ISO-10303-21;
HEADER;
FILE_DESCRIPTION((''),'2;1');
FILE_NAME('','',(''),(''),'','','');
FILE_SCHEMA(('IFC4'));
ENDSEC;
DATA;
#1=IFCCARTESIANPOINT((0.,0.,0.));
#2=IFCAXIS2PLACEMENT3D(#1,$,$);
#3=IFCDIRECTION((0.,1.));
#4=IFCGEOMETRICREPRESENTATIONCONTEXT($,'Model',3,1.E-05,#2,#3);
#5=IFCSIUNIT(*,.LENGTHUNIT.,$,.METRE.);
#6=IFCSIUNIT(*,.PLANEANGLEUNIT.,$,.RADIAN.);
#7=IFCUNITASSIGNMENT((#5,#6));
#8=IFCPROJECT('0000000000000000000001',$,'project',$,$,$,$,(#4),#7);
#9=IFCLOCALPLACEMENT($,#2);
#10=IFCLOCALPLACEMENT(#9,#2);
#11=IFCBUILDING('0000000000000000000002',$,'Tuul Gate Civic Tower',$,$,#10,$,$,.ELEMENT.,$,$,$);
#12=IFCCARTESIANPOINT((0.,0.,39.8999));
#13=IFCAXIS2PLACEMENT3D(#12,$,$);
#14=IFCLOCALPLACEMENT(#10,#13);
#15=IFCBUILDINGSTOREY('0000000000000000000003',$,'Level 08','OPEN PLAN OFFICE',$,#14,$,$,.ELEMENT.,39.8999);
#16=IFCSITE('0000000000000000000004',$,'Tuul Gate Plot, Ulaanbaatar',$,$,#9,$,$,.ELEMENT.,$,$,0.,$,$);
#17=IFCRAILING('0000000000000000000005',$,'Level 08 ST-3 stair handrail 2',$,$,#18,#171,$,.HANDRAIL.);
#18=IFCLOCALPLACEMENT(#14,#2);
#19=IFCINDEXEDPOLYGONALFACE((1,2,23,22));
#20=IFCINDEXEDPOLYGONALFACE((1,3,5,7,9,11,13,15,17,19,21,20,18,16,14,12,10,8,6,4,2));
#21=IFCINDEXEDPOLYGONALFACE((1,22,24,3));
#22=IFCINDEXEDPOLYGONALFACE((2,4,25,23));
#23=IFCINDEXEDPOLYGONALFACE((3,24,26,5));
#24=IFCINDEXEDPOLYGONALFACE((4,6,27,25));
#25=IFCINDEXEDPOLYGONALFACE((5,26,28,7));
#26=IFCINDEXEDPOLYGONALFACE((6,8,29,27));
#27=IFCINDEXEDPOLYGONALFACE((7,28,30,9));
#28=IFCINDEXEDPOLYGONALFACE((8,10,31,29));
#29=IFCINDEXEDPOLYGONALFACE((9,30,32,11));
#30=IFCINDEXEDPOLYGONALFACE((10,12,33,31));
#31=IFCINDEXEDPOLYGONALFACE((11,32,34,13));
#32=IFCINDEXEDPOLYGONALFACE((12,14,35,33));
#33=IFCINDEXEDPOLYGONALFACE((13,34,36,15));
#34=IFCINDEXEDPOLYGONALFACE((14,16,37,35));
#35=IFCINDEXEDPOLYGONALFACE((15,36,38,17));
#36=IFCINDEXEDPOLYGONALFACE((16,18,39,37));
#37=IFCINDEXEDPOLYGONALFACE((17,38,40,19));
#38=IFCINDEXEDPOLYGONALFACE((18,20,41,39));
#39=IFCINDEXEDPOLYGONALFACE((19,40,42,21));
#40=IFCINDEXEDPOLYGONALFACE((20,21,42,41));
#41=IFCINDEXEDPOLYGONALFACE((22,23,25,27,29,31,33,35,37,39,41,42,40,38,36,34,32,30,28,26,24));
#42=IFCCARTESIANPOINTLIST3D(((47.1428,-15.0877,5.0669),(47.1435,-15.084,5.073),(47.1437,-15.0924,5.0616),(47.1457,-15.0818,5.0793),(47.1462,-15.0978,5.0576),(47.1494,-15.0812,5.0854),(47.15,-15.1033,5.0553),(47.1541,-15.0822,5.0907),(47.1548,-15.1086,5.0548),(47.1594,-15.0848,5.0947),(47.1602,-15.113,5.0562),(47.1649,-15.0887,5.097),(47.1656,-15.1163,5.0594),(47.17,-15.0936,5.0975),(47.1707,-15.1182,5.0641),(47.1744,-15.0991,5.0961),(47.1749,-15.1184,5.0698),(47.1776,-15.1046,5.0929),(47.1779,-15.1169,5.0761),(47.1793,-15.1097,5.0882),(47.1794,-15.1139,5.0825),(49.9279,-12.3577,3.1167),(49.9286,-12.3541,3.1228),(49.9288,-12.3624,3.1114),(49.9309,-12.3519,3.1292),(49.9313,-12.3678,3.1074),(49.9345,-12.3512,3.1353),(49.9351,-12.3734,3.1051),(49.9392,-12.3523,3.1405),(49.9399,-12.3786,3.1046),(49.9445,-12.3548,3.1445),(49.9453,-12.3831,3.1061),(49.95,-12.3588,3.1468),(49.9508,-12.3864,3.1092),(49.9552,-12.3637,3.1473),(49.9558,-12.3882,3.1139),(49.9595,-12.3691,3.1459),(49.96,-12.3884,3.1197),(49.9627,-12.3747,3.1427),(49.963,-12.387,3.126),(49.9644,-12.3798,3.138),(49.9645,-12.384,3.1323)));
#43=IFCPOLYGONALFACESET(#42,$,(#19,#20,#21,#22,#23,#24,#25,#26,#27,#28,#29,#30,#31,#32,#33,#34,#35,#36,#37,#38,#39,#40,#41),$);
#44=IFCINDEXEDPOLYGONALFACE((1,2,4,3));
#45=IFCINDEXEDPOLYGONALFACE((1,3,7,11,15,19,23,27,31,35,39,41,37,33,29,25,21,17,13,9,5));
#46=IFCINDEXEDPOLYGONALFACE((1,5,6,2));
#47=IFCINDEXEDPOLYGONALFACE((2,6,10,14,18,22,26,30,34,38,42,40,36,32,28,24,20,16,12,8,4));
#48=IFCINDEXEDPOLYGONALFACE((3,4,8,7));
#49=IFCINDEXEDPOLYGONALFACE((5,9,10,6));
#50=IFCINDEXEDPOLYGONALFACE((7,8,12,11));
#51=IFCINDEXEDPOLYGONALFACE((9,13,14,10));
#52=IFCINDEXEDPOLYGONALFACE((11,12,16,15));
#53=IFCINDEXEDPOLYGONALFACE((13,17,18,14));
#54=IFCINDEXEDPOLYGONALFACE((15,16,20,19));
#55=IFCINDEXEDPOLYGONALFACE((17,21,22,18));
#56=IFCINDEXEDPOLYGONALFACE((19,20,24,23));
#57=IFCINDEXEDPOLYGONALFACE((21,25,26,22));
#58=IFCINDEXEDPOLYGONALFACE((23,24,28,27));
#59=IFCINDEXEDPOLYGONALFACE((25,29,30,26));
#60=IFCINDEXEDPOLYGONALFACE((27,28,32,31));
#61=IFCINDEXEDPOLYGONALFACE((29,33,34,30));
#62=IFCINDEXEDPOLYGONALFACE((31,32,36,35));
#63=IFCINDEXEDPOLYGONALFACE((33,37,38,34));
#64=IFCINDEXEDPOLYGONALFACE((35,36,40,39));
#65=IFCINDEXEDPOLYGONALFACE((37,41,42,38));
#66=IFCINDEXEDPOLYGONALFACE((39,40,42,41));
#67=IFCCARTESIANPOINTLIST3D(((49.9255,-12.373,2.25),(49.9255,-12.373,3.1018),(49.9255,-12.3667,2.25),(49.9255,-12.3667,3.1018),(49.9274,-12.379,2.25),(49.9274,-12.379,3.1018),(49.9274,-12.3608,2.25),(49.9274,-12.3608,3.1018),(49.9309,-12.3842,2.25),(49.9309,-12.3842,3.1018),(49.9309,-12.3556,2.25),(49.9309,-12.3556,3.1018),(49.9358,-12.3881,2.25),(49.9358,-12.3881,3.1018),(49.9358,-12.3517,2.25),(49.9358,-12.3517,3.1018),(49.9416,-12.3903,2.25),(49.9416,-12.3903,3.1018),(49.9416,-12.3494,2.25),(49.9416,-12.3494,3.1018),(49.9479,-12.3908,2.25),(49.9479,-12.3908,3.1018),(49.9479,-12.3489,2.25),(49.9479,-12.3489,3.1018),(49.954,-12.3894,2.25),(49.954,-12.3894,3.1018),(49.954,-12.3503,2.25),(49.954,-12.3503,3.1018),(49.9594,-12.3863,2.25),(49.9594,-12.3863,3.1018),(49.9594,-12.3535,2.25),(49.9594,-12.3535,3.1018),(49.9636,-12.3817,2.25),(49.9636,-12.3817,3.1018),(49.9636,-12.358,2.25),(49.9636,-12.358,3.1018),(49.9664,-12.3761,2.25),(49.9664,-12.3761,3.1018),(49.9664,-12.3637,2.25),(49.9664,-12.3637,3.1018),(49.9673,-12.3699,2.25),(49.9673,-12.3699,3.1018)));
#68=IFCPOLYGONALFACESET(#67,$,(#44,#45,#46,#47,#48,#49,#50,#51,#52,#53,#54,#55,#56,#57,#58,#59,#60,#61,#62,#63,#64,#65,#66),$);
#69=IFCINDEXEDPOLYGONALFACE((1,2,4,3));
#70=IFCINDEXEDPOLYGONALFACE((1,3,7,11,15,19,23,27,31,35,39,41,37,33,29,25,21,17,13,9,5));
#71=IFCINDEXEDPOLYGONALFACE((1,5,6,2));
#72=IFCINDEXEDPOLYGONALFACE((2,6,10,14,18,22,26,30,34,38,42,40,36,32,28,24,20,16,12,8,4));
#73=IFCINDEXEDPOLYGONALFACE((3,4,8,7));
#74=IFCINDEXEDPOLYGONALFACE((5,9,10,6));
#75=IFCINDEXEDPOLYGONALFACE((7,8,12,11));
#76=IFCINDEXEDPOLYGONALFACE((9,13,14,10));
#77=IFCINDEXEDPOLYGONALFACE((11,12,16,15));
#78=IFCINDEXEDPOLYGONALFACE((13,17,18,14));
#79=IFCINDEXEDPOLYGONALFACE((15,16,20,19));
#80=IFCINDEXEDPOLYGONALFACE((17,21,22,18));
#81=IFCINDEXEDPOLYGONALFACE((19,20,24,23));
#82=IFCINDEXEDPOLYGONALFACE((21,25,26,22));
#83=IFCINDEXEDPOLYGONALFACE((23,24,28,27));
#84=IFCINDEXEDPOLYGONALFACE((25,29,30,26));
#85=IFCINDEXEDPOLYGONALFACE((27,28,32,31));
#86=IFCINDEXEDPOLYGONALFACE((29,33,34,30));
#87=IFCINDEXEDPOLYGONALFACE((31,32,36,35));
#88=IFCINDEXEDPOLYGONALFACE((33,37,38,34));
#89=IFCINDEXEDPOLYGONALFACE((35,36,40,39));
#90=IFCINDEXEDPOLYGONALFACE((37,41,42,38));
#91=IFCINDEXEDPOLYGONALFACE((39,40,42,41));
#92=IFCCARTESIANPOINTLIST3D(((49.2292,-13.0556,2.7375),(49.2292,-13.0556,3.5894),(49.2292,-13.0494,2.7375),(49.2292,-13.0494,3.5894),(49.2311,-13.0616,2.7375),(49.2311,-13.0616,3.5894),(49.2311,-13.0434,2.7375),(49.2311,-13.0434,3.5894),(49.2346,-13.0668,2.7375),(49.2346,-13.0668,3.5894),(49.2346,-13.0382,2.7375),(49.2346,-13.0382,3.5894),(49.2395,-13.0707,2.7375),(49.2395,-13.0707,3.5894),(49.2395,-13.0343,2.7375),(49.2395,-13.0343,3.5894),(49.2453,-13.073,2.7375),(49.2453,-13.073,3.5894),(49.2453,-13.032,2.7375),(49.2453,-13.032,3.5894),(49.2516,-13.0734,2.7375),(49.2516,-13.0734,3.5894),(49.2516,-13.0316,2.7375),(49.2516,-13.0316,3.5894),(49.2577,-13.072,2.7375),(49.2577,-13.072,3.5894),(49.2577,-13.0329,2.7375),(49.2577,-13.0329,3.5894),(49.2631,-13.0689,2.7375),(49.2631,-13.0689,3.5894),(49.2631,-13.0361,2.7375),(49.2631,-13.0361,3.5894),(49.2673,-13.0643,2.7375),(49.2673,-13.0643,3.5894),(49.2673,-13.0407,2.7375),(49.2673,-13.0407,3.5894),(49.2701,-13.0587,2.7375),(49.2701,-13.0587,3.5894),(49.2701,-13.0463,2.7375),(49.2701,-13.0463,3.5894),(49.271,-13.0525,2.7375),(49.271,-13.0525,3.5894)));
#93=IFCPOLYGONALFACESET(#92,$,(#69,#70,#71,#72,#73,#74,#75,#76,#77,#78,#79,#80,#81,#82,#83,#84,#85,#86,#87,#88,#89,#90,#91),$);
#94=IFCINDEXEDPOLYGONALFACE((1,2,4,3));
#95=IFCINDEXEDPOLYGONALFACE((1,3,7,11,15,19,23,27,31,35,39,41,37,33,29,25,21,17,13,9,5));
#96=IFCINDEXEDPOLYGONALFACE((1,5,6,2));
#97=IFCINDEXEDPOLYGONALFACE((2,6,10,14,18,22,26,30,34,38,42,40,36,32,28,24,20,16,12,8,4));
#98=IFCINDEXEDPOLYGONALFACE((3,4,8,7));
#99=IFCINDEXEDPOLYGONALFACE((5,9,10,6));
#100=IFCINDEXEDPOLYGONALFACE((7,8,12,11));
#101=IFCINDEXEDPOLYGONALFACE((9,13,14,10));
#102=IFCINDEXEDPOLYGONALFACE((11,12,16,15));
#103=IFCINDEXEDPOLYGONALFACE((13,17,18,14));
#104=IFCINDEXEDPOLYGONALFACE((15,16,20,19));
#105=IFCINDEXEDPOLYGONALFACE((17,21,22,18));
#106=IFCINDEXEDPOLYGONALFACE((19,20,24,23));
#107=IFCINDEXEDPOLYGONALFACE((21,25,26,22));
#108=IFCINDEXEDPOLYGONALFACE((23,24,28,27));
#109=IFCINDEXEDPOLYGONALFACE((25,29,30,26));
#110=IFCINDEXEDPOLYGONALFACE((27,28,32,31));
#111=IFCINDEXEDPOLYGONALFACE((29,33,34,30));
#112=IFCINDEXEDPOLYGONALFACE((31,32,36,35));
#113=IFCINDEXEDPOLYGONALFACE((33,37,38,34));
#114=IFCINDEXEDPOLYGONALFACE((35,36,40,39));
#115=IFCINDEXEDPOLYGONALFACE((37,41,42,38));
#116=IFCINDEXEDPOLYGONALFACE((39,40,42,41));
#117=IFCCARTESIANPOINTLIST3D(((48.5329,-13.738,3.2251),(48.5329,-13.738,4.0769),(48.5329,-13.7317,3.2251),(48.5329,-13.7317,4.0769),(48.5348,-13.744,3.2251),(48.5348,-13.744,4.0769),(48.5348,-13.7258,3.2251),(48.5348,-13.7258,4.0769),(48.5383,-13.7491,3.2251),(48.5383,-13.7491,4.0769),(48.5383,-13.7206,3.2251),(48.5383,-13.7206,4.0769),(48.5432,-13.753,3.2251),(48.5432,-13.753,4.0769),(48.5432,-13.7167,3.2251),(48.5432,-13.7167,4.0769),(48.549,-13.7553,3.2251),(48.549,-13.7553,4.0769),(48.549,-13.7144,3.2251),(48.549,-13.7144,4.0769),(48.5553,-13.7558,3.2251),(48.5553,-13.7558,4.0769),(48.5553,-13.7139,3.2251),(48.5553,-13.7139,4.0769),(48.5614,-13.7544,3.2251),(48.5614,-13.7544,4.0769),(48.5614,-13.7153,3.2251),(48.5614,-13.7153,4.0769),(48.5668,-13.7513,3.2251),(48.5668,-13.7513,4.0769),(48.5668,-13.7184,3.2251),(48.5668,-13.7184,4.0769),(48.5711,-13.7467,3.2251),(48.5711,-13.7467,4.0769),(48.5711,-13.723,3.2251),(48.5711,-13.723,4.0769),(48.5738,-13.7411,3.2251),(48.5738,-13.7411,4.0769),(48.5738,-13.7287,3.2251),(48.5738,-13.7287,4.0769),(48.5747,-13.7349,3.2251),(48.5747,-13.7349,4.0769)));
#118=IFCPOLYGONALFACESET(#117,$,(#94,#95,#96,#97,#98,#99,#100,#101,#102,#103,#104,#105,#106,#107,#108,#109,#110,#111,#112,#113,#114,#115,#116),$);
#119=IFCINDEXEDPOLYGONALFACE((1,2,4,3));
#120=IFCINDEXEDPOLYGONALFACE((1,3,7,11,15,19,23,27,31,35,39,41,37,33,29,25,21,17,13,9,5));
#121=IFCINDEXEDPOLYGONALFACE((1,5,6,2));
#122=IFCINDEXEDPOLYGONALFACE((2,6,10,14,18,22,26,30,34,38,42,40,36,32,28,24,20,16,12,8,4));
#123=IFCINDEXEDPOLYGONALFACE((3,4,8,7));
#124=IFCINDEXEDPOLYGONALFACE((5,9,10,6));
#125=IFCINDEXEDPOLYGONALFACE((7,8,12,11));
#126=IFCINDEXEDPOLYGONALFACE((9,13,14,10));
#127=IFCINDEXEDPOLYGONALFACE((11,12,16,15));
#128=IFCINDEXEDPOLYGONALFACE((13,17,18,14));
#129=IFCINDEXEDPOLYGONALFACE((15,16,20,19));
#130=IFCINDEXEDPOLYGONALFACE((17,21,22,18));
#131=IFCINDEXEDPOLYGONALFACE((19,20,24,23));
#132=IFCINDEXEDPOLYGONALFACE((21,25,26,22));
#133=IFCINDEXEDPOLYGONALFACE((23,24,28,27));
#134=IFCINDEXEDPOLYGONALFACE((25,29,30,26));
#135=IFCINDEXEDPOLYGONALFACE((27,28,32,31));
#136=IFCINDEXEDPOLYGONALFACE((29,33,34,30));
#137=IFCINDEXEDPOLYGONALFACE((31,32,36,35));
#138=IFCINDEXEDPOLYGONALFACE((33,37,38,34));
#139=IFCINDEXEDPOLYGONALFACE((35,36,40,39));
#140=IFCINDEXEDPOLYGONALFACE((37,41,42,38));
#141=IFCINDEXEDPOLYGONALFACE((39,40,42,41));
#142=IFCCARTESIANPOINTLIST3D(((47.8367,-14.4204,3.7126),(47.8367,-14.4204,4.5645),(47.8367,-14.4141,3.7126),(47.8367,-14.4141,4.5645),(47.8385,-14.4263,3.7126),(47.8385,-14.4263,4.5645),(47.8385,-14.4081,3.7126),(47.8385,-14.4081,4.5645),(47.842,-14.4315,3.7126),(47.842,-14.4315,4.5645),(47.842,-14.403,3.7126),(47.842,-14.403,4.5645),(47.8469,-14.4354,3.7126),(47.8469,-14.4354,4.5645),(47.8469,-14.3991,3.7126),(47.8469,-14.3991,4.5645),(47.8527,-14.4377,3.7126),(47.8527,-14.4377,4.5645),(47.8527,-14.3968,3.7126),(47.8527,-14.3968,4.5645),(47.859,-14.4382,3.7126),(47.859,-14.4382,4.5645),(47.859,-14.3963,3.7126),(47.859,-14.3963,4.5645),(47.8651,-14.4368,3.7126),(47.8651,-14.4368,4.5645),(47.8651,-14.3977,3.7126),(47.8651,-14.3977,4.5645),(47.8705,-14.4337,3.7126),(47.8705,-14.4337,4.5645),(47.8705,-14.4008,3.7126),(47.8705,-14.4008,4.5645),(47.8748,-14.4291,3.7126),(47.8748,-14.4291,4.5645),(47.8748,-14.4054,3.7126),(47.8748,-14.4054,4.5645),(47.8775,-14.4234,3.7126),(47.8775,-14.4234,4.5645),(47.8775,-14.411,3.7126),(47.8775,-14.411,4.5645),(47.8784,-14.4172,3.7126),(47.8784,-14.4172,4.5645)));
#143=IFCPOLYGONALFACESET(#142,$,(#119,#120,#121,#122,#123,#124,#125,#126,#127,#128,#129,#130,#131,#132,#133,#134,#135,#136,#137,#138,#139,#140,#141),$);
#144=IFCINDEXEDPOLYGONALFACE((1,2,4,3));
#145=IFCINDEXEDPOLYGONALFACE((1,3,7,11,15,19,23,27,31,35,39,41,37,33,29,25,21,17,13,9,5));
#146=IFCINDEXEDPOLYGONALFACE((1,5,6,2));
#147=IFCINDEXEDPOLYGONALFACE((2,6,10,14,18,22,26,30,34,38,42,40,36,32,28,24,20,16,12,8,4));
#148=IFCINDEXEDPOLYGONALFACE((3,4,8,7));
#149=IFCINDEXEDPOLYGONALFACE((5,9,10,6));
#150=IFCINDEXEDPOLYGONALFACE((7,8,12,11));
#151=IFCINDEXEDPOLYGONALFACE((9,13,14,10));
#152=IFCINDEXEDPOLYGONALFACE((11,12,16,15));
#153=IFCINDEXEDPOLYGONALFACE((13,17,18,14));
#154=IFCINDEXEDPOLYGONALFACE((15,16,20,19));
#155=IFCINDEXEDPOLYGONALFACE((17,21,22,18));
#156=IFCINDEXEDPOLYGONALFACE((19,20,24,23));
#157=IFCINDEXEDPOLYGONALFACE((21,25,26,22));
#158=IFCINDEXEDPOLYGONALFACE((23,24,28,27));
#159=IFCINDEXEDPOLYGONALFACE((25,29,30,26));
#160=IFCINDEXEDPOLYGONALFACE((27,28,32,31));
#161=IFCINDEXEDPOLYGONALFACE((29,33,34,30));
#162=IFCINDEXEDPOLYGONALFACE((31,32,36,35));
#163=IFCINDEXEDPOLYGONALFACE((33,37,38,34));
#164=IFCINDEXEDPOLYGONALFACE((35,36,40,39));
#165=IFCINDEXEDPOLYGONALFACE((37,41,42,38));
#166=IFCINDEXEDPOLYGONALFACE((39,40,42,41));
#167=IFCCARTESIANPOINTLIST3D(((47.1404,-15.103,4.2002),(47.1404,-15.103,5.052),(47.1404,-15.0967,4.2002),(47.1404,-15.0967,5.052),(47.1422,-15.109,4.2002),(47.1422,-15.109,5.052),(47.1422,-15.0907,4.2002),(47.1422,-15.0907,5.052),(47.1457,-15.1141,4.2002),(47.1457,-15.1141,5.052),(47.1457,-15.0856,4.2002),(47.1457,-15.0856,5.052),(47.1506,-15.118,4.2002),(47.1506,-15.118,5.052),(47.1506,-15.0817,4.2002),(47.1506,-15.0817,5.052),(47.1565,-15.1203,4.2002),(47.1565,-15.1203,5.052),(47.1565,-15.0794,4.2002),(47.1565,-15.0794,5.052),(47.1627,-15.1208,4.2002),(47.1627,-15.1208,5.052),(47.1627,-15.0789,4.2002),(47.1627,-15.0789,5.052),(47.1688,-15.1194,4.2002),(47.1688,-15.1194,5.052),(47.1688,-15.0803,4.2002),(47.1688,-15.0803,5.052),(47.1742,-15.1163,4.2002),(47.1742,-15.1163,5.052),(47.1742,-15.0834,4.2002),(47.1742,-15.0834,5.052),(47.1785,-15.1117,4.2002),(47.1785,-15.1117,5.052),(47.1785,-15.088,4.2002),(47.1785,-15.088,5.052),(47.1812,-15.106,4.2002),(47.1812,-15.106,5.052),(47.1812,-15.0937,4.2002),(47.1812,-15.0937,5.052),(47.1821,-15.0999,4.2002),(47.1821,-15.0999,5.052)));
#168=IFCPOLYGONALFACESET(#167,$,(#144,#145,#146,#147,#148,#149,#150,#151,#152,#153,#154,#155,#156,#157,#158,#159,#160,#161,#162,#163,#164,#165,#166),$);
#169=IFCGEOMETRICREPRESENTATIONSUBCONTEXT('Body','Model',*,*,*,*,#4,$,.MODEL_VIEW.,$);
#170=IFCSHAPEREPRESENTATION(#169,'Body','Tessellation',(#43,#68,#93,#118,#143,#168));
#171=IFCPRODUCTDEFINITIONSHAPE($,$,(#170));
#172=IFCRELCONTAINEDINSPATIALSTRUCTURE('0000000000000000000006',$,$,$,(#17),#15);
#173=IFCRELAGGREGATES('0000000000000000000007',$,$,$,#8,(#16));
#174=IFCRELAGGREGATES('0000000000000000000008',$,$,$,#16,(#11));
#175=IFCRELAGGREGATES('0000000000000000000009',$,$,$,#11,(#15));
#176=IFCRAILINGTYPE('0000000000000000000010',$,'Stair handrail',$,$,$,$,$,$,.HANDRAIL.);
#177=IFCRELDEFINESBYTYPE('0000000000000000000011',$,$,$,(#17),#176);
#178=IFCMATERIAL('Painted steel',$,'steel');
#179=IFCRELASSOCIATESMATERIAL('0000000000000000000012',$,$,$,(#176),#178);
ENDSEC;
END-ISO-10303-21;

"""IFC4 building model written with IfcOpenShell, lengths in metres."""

from ifc_helpers import new_model, si_unit, direction, frame, origin, origin_2d, place, context, subcontext, project, spatial, circle, extrude, material, type_object, element, save


model = new_model("IFC4")

# Units and contexts
model_context = context("Model", 3, precision=1e-05, world=origin(), true_north=direction((0.0, 1.0)))
body_context = subcontext(model_context, "Body", "Model", "MODEL_VIEW")
ifc_project = project(units=[si_unit("LENGTHUNIT", "METRE"), si_unit("PLANEANGLEUNIT", "RADIAN")], contexts=[model_context])

# Site, building, storey
site_placement = place(None, origin())
site = spatial("IfcSite", under=ifc_project, at=site_placement, Name="Tuul Gate Plot, Ulaanbaatar", CompositionType="ELEMENT", RefElevation=0.0)
building_placement = place(site_placement, origin())
building = spatial("IfcBuilding", under=site, at=building_placement, Name="Tuul Gate Civic Tower", CompositionType="ELEMENT")
storey_placement = place(building_placement, frame((0.0, 0.0, 39.8999)))
storey = spatial("IfcBuildingStorey", under=building, at=storey_placement, Name="Level 08", Description="OPEN PLAN OFFICE", CompositionType="ELEMENT", Elevation=39.8999)

# Railing
ifc_material_1 = material(Name="Painted steel", Category="steel")
railing_type = type_object("IfcRailingType", Name="Stair handrail", PredefinedType="HANDRAIL", material=ifc_material_1)
railing_placement = place(storey_placement, frame((49.9463, -12.3699, 2.25)))
element("IfcRailing", 1, at=railing_placement, inside=storey, type_object=railing_type, Name="Level 08 ST-3 stair handrail 2", PredefinedType="HANDRAIL", context=body_context, shape_type="SweptSolid", body=[
    extrude(circle(Radius=0.0239, at=origin_2d()), frame((0.0, 0.0, 0.876), z_axis=(-0.638738, -0.626084, 0.447251), x_axis=(0.699998, -0.714145, 0.0)), (0.0, 0.0, 1.0), 4.3604),
    extrude(circle(Radius=0.021, at=origin_2d()), origin(), (0.0, 0.0, 1.0), 0.8518),
    extrude(circle(Radius=0.021, at=origin_2d()), frame((-0.6963, -0.6826, 0.4875)), (0.0, 0.0, 1.0), 0.8518),
    extrude(circle(Radius=0.021, at=origin_2d()), frame((-1.3926, -1.365, 0.9751)), (0.0, 0.0, 1.0), 0.8518),
    extrude(circle(Radius=0.021, at=origin_2d()), frame((-2.0889, -2.0474, 1.4626)), (0.0, 0.0, 1.0), 0.8518),
    extrude(circle(Radius=0.021, at=origin_2d()), frame((-2.7852, -2.73, 1.9502)), (0.0, 0.0, 1.0), 0.8518),
])

save(model, "model.ifc")
